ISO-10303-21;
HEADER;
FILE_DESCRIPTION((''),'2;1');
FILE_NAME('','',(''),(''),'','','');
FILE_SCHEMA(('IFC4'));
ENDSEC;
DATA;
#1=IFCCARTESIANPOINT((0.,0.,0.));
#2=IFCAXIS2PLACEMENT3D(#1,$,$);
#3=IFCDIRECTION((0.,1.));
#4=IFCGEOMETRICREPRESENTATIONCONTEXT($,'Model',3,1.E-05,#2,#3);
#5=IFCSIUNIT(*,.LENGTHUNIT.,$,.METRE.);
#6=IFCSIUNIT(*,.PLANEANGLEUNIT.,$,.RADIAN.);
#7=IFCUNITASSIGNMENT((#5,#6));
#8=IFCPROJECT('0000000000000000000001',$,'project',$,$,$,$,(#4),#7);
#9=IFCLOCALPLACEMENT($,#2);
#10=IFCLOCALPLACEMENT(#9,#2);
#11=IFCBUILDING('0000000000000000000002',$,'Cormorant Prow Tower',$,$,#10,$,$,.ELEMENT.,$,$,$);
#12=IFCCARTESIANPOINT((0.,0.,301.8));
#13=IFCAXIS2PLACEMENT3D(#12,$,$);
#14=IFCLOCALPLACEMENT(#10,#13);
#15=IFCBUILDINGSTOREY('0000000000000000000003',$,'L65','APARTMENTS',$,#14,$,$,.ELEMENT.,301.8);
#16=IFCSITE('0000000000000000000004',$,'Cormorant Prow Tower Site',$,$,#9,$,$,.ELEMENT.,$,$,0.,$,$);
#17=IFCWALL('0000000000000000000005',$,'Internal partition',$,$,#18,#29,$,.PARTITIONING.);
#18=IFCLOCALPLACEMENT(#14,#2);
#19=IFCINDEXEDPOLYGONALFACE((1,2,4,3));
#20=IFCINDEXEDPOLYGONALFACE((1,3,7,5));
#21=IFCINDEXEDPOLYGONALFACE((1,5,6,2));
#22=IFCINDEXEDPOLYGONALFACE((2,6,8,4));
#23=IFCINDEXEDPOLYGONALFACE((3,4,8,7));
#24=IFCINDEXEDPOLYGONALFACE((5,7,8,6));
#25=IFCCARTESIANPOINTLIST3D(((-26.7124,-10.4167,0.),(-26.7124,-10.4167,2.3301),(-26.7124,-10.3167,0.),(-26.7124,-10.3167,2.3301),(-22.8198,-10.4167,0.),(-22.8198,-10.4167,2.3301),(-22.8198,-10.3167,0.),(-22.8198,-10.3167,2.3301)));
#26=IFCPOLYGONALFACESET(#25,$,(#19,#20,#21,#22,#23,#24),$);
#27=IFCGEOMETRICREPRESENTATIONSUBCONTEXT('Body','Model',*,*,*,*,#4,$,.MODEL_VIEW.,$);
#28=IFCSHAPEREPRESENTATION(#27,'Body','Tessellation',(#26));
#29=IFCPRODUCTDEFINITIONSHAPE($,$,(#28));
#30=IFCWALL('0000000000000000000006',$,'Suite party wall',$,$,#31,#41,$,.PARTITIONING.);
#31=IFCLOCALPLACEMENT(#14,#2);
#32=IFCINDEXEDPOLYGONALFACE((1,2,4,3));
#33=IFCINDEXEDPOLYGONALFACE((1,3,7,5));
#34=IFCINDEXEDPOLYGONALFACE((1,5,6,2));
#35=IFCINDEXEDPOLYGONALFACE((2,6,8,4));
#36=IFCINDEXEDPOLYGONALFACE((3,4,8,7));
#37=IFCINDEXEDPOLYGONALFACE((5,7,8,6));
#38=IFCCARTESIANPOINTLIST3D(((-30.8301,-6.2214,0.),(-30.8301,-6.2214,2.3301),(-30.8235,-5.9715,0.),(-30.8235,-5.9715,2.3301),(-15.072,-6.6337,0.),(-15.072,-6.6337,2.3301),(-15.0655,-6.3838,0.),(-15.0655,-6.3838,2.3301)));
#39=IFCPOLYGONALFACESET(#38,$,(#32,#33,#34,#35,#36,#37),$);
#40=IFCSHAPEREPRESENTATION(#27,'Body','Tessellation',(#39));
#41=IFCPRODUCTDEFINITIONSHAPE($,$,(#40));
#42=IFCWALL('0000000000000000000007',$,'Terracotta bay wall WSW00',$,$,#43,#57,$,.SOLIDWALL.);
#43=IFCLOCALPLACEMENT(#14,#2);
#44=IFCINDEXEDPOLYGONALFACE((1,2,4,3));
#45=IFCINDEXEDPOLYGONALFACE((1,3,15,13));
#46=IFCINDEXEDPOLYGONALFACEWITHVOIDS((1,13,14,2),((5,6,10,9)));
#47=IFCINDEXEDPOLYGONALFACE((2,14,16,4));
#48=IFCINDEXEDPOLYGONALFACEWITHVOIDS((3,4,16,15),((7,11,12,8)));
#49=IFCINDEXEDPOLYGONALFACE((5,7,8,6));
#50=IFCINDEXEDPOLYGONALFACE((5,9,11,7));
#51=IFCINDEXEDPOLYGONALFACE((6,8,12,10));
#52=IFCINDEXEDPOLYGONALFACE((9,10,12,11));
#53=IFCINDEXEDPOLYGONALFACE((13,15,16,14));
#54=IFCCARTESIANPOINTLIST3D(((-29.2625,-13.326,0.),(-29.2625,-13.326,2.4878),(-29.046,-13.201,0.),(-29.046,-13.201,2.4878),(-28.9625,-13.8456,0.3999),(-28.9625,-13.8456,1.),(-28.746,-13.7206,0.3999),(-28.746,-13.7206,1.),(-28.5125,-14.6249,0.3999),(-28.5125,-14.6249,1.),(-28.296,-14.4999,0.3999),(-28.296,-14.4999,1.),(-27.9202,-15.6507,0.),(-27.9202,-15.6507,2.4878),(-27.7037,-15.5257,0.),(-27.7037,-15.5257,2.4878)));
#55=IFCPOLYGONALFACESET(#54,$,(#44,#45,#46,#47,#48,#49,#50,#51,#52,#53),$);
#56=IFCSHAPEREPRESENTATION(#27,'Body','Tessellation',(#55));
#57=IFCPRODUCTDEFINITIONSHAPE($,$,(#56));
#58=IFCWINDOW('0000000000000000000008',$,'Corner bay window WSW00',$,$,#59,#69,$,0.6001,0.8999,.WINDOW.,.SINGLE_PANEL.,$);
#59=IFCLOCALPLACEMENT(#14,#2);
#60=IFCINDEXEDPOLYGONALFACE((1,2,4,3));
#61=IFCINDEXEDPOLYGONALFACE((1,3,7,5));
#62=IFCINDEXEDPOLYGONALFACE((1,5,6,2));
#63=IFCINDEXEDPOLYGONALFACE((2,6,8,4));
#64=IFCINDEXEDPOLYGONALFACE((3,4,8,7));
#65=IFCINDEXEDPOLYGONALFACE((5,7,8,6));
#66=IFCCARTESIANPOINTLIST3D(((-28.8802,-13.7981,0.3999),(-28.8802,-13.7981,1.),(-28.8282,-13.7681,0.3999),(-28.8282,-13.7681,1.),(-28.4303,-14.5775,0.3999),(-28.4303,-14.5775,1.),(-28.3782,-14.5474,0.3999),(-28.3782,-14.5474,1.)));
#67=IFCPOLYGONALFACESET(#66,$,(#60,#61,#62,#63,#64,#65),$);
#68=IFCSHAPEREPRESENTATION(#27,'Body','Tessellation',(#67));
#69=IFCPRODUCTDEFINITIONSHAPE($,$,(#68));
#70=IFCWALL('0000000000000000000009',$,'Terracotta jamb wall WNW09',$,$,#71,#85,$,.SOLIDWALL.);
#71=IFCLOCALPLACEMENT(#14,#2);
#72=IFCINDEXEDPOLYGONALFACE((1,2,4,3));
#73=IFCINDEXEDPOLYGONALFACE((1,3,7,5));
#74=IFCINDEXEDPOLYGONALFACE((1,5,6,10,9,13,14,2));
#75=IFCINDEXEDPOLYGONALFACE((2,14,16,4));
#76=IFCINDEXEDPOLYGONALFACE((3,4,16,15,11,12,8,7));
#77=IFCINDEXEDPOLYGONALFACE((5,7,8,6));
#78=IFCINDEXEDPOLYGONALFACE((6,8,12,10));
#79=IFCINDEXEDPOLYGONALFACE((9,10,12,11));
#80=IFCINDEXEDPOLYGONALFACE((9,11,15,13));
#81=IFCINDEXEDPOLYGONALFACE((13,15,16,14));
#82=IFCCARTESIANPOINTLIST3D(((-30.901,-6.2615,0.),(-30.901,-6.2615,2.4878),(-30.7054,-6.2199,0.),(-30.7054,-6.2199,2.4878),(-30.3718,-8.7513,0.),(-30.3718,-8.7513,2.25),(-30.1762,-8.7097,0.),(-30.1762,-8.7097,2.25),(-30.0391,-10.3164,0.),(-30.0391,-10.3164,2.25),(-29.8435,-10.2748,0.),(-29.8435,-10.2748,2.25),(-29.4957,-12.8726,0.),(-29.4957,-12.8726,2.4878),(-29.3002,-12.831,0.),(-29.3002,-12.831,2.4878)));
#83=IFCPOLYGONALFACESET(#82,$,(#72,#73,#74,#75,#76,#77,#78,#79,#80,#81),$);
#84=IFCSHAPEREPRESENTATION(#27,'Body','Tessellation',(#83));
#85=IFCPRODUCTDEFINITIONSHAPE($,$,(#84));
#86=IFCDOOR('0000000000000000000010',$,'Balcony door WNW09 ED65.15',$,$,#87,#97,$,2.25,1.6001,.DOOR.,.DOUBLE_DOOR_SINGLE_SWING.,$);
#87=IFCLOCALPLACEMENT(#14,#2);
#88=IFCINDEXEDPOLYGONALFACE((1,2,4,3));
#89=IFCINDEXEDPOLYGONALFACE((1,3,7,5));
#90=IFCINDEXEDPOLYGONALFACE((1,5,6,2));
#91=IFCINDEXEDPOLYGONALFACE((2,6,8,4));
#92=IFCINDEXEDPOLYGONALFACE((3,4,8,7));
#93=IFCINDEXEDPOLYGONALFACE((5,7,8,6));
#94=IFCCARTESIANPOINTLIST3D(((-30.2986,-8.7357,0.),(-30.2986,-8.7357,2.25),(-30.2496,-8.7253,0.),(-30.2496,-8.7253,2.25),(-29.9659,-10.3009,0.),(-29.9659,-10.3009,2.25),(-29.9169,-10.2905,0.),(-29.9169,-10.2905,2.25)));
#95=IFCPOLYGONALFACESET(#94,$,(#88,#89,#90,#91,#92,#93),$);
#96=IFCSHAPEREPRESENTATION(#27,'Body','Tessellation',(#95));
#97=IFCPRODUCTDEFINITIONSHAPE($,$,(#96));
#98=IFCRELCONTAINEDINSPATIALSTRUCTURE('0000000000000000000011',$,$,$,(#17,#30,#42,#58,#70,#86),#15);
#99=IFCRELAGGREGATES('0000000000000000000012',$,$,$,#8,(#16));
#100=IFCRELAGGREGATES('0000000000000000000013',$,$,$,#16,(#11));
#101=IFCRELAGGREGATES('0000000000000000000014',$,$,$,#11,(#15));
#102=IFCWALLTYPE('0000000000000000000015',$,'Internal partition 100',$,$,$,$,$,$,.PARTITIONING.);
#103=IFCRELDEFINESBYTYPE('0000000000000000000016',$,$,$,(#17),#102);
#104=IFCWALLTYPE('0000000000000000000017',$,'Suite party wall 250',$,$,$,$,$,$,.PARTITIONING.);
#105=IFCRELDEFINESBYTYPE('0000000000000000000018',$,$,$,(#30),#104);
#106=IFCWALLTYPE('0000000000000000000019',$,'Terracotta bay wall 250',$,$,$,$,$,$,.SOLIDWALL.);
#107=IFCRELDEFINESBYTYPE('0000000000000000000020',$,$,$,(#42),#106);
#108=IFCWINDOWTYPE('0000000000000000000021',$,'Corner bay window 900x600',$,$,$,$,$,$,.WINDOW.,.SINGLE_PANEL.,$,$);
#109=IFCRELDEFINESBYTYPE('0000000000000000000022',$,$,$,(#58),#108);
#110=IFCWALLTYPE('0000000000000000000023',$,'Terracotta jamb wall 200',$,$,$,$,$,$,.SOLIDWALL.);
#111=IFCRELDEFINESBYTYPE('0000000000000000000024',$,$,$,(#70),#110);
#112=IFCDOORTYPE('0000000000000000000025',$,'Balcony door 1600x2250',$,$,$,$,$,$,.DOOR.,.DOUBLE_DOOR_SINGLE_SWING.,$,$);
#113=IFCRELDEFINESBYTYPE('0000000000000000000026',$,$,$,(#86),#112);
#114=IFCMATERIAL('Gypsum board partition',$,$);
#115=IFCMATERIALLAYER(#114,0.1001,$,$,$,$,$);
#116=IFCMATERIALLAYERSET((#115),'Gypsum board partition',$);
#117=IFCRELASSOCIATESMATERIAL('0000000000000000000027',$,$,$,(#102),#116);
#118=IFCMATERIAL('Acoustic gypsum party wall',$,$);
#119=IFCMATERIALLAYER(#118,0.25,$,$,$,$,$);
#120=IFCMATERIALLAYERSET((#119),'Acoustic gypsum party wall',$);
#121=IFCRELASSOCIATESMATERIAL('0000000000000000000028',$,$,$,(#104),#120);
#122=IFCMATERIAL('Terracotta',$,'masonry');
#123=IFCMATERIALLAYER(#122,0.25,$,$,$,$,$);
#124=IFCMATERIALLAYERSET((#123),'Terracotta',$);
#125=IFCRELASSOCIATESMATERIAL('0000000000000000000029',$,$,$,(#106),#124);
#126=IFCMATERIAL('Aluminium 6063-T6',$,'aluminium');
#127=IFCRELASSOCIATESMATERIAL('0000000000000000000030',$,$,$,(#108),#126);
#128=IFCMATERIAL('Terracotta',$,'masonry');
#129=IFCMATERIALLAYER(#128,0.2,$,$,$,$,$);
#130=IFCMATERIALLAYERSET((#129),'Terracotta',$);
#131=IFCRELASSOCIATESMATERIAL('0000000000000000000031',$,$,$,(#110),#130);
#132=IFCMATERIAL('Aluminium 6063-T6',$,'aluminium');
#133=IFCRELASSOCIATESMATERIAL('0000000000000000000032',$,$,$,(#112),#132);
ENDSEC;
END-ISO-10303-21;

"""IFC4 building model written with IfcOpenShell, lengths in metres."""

from ifc_helpers import new_model, si_unit, direction, frame, frame_2d, origin, place, context, subcontext, project, spatial, rectangle, extrude, material, layer, layer_set, type_object, element, fill, save


model = new_model("IFC4")

# Units and contexts
model_context = context("Model", 3, precision=1e-05, world=origin(), true_north=direction((0.0, 1.0)))
body_context = subcontext(model_context, "Body", "Model", "MODEL_VIEW")
ifc_project = project(units=[si_unit("LENGTHUNIT", "METRE"), si_unit("PLANEANGLEUNIT", "RADIAN")], contexts=[model_context])

# Site, building, storey
site_placement = place(None, origin())
site = spatial("IfcSite", under=ifc_project, at=site_placement, Name="Cormorant Prow Tower Site", CompositionType="ELEMENT", RefElevation=0.0)
building_placement = place(site_placement, origin())
building = spatial("IfcBuilding", under=site, at=building_placement, Name="Cormorant Prow Tower", CompositionType="ELEMENT")
storey_placement = place(building_placement, frame((0.0, 0.0, 301.8)))
storey = spatial("IfcBuildingStorey", under=building, at=storey_placement, Name="L65", Description="APARTMENTS", CompositionType="ELEMENT", Elevation=301.8)

# Shared definitions
ifc_material_1 = material(Name="Gypsum board partition")
ifc_layer_1 = layer(ifc_material_1, 0.1001)
ifc_layer_set_1 = layer_set([ifc_layer_1], Name="Gypsum board partition")
wall_type_1 = type_object("IfcWallType", Name="Internal partition 100", PredefinedType="PARTITIONING", material=ifc_layer_set_1)

# Walls
wall_1_placement = place(storey_placement, frame((-26.7124, -10.3667, 0.0), z_axis=(0.0, 0.0, 1.0), x_axis=(1.0, 0.0, 0.0)))
element("IfcWall", 1, at=wall_1_placement, inside=storey, type_object=wall_type_1, Name="Internal partition", PredefinedType="PARTITIONING", context=body_context, shape_type="SweptSolid", body=[
    extrude(rectangle(XDim=3.8926, YDim=0.1001, at=frame_2d((1.9463, 0.0))), origin(), (0.0, 0.0, 1.0), 2.3301),
])
ifc_material_2 = material(Name="Acoustic gypsum party wall")
ifc_layer_2 = layer(ifc_material_2, 0.25)
ifc_layer_set_2 = layer_set([ifc_layer_2], Name="Acoustic gypsum party wall")
wall_type_2 = type_object("IfcWallType", Name="Suite party wall 250", PredefinedType="PARTITIONING", material=ifc_layer_set_2)
wall_2_placement = place(storey_placement, frame((-30.8269, -6.0964, 0.0), z_axis=(0.0, 0.0, 1.0), x_axis=(0.999658, -0.026159, 0.0)))
element("IfcWall", 2, at=wall_2_placement, inside=storey, type_object=wall_type_2, Name="Suite party wall", PredefinedType="PARTITIONING", context=body_context, shape_type="SweptSolid", body=[
    extrude(rectangle(XDim=15.7634, YDim=0.25, at=frame_2d((7.8818, 0.0))), origin(), (0.0, 0.0, 1.0), 2.3301),
])

# Wall, opening, window
ifc_material_3 = material(Name="Terracotta", Category="masonry")
ifc_layer_3 = layer(ifc_material_3, 0.25)
ifc_layer_set_3 = layer_set([ifc_layer_3], Name="Terracotta")
wall_type_3 = type_object("IfcWallType", Name="Terracotta bay wall 250", PredefinedType="SOLIDWALL", material=ifc_layer_set_3)
wall_3_placement = place(storey_placement, frame((-29.1543, -13.2634, 0.0), z_axis=(0.0, 0.0, 1.0), x_axis=(0.500032, -0.866007, 0.0)))
wall_3 = element("IfcWall", 3, at=wall_3_placement, inside=storey, type_object=wall_type_3, Name="Terracotta bay wall WSW00", PredefinedType="SOLIDWALL", context=body_context, shape_type="SweptSolid", body=[
    extrude(rectangle(XDim=2.6843, YDim=0.25, at=frame_2d((1.3423, 0.0))), origin(), (0.0, 0.0, 1.0), 2.4878),
])
opening_1_placement = place(wall_3_placement, frame((0.6001, 0.0, 0.3999)))
opening_1 = element("IfcOpeningElement", 4, at=opening_1_placement, cuts=wall_3, PredefinedType="OPENING", context=body_context, shape_type="SweptSolid", body=[
    extrude(rectangle(XDim=0.8999, YDim=0.6001, at=frame_2d((0.45, 0.3))), frame((0.0, 0.135, 0.0), z_axis=(0.0, -1.0, 0.0), x_axis=(1.0, 0.0, 0.0)), (0.0, 0.0, 1.0), 0.27),
])
ifc_material_4 = material(Name="Aluminium 6063-T6", Category="aluminium")
window_type = type_object("IfcWindowType", Name="Corner bay window 900x600", PartitioningType="SINGLE_PANEL", PredefinedType="WINDOW", material=ifc_material_4)
window_placement = place(opening_1_placement, origin())
window = element("IfcWindow", 5, at=window_placement, inside=storey, type_object=window_type, Name="Corner bay window WSW00", OverallHeight=0.6001, OverallWidth=0.8999, PartitioningType="SINGLE_PANEL", PredefinedType="WINDOW", context=body_context, shape_type="SweptSolid", body=[
    extrude(rectangle(XDim=0.8999, YDim=0.6001, at=frame_2d((0.45, 0.3))), frame((0.0, 0.03, 0.0), z_axis=(0.0, -1.0, 0.0), x_axis=(1.0, 0.0, 0.0)), (0.0, 0.0, 1.0), 0.0601),
])
fill(opening_1, window)

# Wall, opening, door
ifc_material_5 = material(Name="Terracotta", Category="masonry")
ifc_layer_4 = layer(ifc_material_5, 0.2)
ifc_layer_set_4 = layer_set([ifc_layer_4], Name="Terracotta")
wall_type_4 = type_object("IfcWallType", Name="Terracotta jamb wall 200", PredefinedType="SOLIDWALL", material=ifc_layer_set_4)
wall_4_placement = place(storey_placement, frame((-30.8032, -6.2407, 0.0), z_axis=(0.0, 0.0, 1.0), x_axis=(0.207918, -0.978146, 0.0)))
wall_4 = element("IfcWall", 6, at=wall_4_placement, inside=storey, type_object=wall_type_4, Name="Terracotta jamb wall WNW09", PredefinedType="SOLIDWALL", context=body_context, shape_type="SweptSolid", body=[
    extrude(rectangle(XDim=6.7588, YDim=0.2, at=frame_2d((3.3794, 0.0))), origin(), (0.0, 0.0, 1.0), 2.4878),
])
opening_2_placement = place(wall_4_placement, frame((2.5454, 0.0, 0.0)))
opening_2 = element("IfcOpeningElement", 7, at=opening_2_placement, cuts=wall_4, PredefinedType="OPENING", context=body_context, shape_type="SweptSolid", body=[
    extrude(rectangle(XDim=1.6001, YDim=2.25, at=frame_2d((0.8, 1.125))), frame((0.0, 0.1099, 0.0), z_axis=(0.0, -1.0, 0.0), x_axis=(1.0, 0.0, 0.0)), (0.0, 0.0, 1.0), 0.22),
])
ifc_material_6 = material(Name="Aluminium 6063-T6", Category="aluminium")
door_type_1 = type_object("IfcDoorType", Name="Balcony door 1600x2250", OperationType="DOUBLE_DOOR_SINGLE_SWING", PredefinedType="DOOR", material=ifc_material_6)
door_1_placement = place(opening_2_placement, origin())
door_1 = element("IfcDoor", 8, at=door_1_placement, inside=storey, type_object=door_type_1, Name="Balcony door WNW09 ED65.15", OperationType="DOUBLE_DOOR_SINGLE_SWING", OverallHeight=2.25, OverallWidth=1.6001, PredefinedType="DOOR", context=body_context, shape_type="SweptSolid", body=[
    extrude(rectangle(XDim=1.6001, YDim=2.25, at=frame_2d((0.8, 1.125))), frame((0.0, 0.0249, 0.0), z_axis=(0.0, -1.0, 0.0), x_axis=(1.0, 0.0, 0.0)), (0.0, 0.0, 1.0), 0.05),
])
fill(opening_2, door_1)

save(model, "model.ifc")
